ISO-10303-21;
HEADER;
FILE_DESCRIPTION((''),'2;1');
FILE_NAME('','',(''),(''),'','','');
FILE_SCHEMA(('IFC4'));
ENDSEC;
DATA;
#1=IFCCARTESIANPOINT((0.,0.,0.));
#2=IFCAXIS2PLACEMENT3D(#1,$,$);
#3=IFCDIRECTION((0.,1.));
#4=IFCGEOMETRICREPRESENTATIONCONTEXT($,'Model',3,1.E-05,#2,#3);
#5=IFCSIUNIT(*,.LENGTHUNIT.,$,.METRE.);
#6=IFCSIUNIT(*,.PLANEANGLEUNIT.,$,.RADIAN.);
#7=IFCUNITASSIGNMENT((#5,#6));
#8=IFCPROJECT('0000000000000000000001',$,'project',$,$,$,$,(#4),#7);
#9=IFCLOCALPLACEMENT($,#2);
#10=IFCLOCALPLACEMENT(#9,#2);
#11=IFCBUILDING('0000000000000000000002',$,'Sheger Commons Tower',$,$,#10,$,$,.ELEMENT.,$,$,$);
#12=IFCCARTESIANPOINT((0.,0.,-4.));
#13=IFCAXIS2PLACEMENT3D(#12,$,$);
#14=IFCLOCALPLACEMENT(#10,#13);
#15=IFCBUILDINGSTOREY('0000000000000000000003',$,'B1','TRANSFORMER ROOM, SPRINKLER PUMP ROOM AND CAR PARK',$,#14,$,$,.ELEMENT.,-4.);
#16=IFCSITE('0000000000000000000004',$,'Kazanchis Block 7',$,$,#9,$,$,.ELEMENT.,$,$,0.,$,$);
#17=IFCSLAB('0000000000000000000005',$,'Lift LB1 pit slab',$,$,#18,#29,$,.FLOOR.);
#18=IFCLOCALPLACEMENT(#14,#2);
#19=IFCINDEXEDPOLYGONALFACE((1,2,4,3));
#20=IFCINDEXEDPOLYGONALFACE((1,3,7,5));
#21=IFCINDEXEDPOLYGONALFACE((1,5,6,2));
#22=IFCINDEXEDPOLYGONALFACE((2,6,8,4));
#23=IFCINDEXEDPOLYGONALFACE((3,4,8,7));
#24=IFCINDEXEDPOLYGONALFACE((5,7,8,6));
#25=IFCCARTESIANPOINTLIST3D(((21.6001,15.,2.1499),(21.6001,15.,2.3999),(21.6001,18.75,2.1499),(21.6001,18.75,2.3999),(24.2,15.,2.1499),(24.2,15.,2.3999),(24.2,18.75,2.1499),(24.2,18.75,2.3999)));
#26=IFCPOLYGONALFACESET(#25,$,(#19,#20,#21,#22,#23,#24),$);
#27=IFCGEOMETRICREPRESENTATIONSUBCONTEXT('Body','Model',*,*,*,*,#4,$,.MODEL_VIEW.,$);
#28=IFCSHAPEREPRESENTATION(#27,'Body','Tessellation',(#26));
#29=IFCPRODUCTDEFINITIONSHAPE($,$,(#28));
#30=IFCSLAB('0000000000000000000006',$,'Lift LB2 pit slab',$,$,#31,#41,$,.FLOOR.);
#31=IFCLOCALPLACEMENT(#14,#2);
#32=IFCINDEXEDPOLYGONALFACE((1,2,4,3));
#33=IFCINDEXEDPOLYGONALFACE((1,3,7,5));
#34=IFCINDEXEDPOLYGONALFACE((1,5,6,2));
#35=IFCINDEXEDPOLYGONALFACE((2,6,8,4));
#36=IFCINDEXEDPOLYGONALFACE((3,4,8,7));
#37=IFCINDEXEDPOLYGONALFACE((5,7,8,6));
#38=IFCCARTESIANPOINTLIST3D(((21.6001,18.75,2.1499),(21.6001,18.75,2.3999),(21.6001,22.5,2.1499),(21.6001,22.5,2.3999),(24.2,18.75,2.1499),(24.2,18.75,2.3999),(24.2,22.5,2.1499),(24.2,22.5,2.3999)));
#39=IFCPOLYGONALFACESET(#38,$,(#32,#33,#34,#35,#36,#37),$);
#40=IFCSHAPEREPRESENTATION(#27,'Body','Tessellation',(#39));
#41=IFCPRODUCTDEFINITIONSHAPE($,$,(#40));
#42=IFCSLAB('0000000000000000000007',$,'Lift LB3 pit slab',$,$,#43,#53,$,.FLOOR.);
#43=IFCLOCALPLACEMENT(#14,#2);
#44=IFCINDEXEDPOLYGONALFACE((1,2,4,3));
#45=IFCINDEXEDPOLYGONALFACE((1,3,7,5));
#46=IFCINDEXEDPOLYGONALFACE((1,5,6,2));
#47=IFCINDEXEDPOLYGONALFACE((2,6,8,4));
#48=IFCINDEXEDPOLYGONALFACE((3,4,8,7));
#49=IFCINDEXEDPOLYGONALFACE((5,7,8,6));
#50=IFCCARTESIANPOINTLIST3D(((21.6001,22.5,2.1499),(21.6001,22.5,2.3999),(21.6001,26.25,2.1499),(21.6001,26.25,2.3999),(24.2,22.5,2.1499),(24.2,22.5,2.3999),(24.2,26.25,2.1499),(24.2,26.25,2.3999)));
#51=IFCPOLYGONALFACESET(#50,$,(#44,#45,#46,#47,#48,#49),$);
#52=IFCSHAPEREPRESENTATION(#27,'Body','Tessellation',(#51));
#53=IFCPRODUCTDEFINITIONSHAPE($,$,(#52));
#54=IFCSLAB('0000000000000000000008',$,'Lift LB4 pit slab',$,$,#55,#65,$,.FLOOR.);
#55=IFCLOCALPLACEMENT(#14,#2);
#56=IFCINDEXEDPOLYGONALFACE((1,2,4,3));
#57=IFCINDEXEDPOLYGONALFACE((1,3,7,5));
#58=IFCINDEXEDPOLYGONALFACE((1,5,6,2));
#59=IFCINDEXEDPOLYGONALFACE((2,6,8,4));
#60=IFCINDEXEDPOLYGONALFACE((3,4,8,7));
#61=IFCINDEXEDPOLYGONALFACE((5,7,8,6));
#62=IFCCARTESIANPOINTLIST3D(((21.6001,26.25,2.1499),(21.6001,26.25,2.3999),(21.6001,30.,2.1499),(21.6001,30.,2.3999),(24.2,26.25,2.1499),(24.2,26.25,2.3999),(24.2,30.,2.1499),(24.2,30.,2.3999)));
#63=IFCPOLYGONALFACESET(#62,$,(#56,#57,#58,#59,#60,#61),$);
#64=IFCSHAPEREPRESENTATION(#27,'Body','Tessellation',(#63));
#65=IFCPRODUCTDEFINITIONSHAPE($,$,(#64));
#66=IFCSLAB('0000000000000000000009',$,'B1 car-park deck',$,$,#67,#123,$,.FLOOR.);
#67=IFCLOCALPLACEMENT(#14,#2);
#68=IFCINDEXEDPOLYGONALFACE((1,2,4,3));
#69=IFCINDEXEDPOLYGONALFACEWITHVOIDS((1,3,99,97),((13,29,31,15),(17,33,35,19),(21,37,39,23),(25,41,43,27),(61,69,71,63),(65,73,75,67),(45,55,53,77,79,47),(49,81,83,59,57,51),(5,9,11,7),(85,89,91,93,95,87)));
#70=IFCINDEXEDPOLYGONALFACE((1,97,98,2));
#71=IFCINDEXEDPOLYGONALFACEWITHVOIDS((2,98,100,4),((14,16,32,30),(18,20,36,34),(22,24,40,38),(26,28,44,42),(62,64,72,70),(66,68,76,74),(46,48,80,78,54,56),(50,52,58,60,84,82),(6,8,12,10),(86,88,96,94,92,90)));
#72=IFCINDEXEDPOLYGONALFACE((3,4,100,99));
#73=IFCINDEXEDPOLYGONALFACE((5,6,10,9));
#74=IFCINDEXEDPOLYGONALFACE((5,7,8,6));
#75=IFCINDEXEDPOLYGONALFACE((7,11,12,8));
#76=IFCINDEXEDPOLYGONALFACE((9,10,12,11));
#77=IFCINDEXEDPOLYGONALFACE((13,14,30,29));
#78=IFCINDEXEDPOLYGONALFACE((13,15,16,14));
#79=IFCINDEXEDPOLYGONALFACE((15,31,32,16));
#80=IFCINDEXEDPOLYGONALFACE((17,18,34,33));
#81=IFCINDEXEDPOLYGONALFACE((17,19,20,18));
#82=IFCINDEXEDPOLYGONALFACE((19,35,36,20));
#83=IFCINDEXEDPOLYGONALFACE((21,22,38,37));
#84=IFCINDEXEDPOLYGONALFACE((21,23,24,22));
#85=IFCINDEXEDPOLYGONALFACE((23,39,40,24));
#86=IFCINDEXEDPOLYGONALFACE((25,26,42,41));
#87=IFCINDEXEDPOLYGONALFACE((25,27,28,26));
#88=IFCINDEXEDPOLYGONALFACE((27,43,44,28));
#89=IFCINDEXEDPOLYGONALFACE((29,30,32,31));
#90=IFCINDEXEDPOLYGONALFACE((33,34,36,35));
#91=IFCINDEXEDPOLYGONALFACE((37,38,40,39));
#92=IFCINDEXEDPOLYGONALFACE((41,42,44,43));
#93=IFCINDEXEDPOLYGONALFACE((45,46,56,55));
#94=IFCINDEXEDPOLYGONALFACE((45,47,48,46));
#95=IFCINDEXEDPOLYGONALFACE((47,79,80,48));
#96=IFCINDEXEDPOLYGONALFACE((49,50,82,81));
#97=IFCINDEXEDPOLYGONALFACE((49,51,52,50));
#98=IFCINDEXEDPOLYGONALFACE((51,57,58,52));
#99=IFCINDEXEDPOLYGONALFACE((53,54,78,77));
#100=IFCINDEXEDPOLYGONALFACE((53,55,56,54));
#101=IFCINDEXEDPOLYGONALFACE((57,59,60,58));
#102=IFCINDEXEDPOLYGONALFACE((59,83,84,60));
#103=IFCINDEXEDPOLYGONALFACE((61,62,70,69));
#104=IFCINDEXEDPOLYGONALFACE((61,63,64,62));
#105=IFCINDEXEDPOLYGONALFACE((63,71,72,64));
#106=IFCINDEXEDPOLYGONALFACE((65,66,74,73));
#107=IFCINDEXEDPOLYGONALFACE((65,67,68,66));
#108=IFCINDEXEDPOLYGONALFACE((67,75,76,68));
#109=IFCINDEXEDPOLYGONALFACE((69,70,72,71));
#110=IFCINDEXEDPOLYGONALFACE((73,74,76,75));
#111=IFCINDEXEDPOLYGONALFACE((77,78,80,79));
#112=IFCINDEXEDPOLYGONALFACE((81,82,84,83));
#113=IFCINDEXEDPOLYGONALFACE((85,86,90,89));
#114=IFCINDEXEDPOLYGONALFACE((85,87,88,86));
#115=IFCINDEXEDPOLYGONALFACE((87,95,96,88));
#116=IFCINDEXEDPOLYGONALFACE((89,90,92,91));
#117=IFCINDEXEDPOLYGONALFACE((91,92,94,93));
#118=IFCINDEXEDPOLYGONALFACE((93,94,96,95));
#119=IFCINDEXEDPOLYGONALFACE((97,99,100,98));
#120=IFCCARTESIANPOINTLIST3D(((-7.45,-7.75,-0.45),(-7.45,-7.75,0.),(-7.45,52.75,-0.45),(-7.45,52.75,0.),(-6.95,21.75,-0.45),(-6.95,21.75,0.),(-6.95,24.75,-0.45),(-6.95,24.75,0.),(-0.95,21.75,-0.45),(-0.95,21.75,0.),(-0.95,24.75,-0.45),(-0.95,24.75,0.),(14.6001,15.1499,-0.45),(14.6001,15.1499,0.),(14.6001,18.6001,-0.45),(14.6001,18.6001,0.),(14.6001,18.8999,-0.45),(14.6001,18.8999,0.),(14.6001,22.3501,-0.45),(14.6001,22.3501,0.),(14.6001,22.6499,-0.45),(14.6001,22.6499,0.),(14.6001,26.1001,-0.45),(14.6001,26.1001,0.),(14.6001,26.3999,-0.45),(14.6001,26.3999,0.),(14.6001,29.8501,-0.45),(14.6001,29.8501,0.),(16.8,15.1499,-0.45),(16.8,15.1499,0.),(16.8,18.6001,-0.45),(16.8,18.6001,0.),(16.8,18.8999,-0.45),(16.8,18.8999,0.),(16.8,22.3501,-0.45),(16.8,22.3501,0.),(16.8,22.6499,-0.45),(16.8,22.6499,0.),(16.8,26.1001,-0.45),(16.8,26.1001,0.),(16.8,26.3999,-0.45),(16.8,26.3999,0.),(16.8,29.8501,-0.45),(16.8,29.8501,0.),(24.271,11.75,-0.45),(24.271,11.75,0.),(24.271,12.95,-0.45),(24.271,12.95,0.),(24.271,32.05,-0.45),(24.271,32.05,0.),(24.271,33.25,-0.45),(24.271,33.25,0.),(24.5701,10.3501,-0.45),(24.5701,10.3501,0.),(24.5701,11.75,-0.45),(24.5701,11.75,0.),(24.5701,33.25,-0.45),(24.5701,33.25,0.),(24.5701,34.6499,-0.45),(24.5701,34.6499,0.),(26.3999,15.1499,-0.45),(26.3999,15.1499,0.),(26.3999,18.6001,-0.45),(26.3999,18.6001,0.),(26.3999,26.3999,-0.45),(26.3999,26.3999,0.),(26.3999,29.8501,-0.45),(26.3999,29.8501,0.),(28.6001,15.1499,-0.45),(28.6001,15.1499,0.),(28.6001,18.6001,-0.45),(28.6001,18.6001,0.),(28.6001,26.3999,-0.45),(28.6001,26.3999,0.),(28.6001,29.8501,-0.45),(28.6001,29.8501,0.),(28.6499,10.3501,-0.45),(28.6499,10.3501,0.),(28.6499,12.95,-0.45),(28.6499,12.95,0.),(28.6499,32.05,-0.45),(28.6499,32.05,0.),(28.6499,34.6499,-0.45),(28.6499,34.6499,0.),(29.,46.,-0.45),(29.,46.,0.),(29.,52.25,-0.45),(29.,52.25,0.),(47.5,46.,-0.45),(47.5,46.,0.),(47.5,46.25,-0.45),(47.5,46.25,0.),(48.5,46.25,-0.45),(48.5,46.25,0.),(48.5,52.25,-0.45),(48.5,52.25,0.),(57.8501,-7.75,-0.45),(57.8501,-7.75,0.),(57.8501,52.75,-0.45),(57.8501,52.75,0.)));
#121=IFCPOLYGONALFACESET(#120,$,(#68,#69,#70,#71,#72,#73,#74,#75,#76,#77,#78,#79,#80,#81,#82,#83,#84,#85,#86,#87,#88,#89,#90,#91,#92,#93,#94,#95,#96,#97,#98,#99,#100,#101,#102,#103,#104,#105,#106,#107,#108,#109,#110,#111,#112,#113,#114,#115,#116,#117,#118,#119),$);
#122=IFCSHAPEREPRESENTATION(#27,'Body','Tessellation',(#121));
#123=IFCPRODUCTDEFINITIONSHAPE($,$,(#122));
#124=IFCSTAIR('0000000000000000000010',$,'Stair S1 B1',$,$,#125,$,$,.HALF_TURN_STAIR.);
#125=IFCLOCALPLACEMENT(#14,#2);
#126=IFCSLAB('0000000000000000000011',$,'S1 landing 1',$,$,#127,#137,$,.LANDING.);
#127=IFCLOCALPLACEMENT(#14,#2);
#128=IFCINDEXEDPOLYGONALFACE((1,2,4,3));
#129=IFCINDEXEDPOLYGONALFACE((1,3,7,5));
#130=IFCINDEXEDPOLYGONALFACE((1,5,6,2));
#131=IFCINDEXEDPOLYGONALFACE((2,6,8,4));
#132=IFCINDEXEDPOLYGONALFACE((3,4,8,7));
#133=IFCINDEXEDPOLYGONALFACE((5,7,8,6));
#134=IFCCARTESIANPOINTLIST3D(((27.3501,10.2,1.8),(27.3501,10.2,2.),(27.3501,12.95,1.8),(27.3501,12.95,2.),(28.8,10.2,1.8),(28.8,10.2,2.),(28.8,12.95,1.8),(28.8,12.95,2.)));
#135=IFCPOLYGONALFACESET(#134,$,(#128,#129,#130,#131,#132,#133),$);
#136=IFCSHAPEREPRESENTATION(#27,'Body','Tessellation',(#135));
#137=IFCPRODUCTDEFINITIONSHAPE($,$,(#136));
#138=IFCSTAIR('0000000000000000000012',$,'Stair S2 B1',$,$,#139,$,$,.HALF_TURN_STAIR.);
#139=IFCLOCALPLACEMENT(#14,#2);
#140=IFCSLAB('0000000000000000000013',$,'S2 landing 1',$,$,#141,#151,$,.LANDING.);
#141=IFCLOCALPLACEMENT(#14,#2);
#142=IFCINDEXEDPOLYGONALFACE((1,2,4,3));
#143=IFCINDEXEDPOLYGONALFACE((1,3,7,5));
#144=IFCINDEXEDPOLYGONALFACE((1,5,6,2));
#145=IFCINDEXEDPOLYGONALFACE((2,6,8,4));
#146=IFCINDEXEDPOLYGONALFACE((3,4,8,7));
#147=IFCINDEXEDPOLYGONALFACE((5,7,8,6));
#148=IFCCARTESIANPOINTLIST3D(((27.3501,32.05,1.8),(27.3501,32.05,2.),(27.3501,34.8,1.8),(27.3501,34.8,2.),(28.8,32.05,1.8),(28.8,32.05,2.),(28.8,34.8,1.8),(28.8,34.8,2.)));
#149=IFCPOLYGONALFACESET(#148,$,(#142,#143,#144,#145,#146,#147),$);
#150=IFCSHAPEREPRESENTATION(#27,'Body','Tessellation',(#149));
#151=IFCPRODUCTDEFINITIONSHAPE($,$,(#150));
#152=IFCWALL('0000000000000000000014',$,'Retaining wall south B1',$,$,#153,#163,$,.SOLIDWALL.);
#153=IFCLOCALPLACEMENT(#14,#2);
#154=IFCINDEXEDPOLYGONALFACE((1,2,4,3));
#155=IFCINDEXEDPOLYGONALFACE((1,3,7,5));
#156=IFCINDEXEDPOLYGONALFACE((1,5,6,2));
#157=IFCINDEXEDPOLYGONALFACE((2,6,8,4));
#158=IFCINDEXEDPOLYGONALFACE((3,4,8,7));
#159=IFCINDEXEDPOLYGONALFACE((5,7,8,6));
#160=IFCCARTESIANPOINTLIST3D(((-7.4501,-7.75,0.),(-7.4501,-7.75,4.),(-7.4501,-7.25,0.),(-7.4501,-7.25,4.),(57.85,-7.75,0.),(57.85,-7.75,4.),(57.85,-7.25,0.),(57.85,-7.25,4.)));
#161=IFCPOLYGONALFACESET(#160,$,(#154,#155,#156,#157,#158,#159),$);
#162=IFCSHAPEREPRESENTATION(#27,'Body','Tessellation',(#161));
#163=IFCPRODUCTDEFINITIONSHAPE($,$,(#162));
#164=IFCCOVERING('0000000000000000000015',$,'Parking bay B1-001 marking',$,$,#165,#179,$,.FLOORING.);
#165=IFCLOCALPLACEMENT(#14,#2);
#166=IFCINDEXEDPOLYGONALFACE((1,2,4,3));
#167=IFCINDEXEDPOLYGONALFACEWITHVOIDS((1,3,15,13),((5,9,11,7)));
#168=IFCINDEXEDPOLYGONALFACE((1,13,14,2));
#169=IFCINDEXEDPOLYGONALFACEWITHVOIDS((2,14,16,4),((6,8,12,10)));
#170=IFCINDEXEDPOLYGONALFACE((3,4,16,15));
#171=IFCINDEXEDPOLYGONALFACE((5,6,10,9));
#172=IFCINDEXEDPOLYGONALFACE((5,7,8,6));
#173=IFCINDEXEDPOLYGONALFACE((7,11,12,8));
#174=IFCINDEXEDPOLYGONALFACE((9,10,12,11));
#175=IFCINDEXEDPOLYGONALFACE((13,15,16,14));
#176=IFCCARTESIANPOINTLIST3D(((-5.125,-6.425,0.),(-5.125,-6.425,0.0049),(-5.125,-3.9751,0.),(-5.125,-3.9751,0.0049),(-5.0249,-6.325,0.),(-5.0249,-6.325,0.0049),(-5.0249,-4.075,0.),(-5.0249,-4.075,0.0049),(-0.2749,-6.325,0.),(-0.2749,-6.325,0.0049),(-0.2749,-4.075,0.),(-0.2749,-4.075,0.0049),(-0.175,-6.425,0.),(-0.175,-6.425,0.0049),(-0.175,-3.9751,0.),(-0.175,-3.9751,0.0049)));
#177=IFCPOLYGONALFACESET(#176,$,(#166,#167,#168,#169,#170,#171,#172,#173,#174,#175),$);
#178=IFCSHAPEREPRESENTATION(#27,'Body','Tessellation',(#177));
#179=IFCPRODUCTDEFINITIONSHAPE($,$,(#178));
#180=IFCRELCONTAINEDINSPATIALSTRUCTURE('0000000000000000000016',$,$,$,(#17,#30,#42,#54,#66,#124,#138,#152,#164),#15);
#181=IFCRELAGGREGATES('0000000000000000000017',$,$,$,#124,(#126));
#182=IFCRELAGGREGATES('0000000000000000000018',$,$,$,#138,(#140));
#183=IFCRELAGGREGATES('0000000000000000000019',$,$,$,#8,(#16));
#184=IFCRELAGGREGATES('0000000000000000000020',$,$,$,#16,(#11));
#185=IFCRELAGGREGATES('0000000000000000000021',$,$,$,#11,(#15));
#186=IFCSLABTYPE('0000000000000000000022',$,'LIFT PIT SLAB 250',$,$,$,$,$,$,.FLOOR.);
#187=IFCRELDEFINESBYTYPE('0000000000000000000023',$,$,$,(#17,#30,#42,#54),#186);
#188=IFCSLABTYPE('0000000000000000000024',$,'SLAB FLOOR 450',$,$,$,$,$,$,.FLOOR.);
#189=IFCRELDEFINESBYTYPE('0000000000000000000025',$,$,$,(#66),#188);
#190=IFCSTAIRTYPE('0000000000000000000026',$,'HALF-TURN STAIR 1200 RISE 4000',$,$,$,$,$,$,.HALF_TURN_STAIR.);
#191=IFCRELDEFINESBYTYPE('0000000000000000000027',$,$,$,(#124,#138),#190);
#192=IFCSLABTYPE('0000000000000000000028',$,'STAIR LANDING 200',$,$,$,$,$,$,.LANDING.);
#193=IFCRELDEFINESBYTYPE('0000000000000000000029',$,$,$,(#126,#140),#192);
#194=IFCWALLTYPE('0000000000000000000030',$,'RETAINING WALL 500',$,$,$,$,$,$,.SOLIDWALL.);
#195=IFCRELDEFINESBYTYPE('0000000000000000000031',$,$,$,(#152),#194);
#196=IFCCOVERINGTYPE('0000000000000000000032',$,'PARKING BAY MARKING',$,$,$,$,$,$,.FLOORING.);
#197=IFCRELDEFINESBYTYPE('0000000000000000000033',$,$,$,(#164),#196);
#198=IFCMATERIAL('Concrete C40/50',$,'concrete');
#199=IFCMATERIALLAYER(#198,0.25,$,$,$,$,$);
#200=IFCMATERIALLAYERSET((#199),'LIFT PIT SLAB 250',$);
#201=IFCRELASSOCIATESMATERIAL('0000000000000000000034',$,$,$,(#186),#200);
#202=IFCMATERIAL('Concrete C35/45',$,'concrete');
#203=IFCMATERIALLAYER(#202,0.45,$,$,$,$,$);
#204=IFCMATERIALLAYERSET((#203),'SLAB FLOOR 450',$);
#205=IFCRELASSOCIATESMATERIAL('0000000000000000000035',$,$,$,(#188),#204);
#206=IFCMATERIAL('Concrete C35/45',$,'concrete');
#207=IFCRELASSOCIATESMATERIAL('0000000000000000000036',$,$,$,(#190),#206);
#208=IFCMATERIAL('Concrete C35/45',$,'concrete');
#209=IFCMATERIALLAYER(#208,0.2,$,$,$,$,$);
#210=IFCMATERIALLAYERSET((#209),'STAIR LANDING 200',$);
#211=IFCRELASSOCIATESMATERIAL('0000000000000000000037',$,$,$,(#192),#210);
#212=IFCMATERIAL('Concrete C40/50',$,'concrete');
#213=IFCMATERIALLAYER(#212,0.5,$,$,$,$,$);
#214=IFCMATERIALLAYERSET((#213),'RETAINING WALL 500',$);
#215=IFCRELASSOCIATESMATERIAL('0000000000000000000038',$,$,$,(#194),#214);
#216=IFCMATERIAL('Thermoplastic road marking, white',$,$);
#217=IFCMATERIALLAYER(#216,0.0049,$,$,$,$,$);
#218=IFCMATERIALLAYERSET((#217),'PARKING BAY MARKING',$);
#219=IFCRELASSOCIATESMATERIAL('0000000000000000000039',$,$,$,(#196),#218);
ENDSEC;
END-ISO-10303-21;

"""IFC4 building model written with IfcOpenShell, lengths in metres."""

from ifc_helpers import new_model, si_unit, direction, frame, frame_2d, origin, place, context, subcontext, project, spatial, polyline, rectangle, outline, extrude, material, layer, layer_set, type_object, element, aggregate, save


model = new_model("IFC4")

# Units and contexts
model_context = context("Model", 3, precision=1e-05, world=origin(), true_north=direction((0.0, 1.0)))
body_context = subcontext(model_context, "Body", "Model", "MODEL_VIEW")
ifc_project = project(units=[si_unit("LENGTHUNIT", "METRE"), si_unit("PLANEANGLEUNIT", "RADIAN")], contexts=[model_context])

# Site, building, storey
site_placement = place(None, origin())
site = spatial("IfcSite", under=ifc_project, at=site_placement, Name="Kazanchis Block 7", CompositionType="ELEMENT", RefElevation=0.0)
building_placement = place(site_placement, origin())
building = spatial("IfcBuilding", under=site, at=building_placement, Name="Sheger Commons Tower", CompositionType="ELEMENT")
storey_placement = place(building_placement, frame((0.0, 0.0, -4.0)))
storey = spatial("IfcBuildingStorey", under=building, at=storey_placement, Name="B1", Description="TRANSFORMER ROOM, SPRINKLER PUMP ROOM AND CAR PARK", CompositionType="ELEMENT", Elevation=-4.0)

# Slabs
ifc_material_1 = material(Name="Concrete C40/50", Category="concrete")
ifc_layer_1 = layer(ifc_material_1, 0.25)
ifc_layer_set_1 = layer_set([ifc_layer_1], Name="LIFT PIT SLAB 250")
slab_type_1 = type_object("IfcSlabType", Name="LIFT PIT SLAB 250", PredefinedType="FLOOR", material=ifc_layer_set_1)
slab_1_placement = place(storey_placement, frame((0.0, 0.0, 2.1499)))
element("IfcSlab", 1, at=slab_1_placement, inside=storey, type_object=slab_type_1, Name="Lift LB1 pit slab", PredefinedType="FLOOR", context=body_context, shape_type="SweptSolid", body=[
    extrude(outline(polyline([(21.6001, 15.0), (24.2, 15.0), (24.2, 18.75), (21.6001, 18.75), (21.6001, 15.0)])), origin(), (0.0, 0.0, 1.0), 0.25),
])
slab_2_placement = place(storey_placement, frame((0.0, 0.0, 2.1499)))
element("IfcSlab", 2, at=slab_2_placement, inside=storey, type_object=slab_type_1, Name="Lift LB2 pit slab", PredefinedType="FLOOR", context=body_context, shape_type="SweptSolid", body=[
    extrude(outline(polyline([(21.6001, 18.75), (24.2, 18.75), (24.2, 22.5), (21.6001, 22.5), (21.6001, 18.75)])), origin(), (0.0, 0.0, 1.0), 0.25),
])
slab_3_placement = place(storey_placement, frame((0.0, 0.0, 2.1499)))
element("IfcSlab", 3, at=slab_3_placement, inside=storey, type_object=slab_type_1, Name="Lift LB3 pit slab", PredefinedType="FLOOR", context=body_context, shape_type="SweptSolid", body=[
    extrude(outline(polyline([(21.6001, 22.5), (24.2, 22.5), (24.2, 26.25), (21.6001, 26.25), (21.6001, 22.5)])), origin(), (0.0, 0.0, 1.0), 0.25),
])
slab_4_placement = place(storey_placement, frame((0.0, 0.0, 2.1499)))
element("IfcSlab", 4, at=slab_4_placement, inside=storey, type_object=slab_type_1, Name="Lift LB4 pit slab", PredefinedType="FLOOR", context=body_context, shape_type="SweptSolid", body=[
    extrude(outline(polyline([(21.6001, 26.25), (24.2, 26.25), (24.2, 30.0), (21.6001, 30.0), (21.6001, 26.25)])), origin(), (0.0, 0.0, 1.0), 0.25),
])
ifc_material_2 = material(Name="Concrete C35/45", Category="concrete")
ifc_layer_2 = layer(ifc_material_2, 0.45)
ifc_layer_set_2 = layer_set([ifc_layer_2], Name="SLAB FLOOR 450")
slab_type_2 = type_object("IfcSlabType", Name="SLAB FLOOR 450", PredefinedType="FLOOR", material=ifc_layer_set_2)
slab_5_placement = place(storey_placement, frame((0.0, 0.0, -0.45)))
element("IfcSlab", 5, at=slab_5_placement, inside=storey, type_object=slab_type_2, Name="B1 car-park deck", PredefinedType="FLOOR", context=body_context, shape_type="SweptSolid", body=[
    extrude(outline(polyline([(-7.45, -7.75), (57.8501, -7.75), (57.8501, 52.75), (-7.45, 52.75), (-7.45, -7.75)]), holes=[polyline([(24.5701, 10.3501), (28.6499, 10.3501), (28.6499, 12.95), (24.271, 12.95), (24.271, 11.75), (24.5701, 11.75), (24.5701, 10.3501)]), polyline([(24.271, 32.05), (28.6499, 32.05), (28.6499, 34.6499), (24.5701, 34.6499), (24.5701, 33.25), (24.271, 33.25), (24.271, 32.05)]), polyline([(26.3999, 15.1499), (28.6001, 15.1499), (28.6001, 18.6001), (26.3999, 18.6001), (26.3999, 15.1499)]), polyline([(26.3999, 26.3999), (28.6001, 26.3999), (28.6001, 29.8501), (26.3999, 29.8501), (26.3999, 26.3999)]), polyline([(14.6001, 15.1499), (16.8, 15.1499), (16.8, 18.6001), (14.6001, 18.6001), (14.6001, 15.1499)]), polyline([(14.6001, 18.8999), (16.8, 18.8999), (16.8, 22.3501), (14.6001, 22.3501), (14.6001, 18.8999)]), polyline([(14.6001, 22.6499), (16.8, 22.6499), (16.8, 26.1001), (14.6001, 26.1001), (14.6001, 22.6499)]), polyline([(14.6001, 26.3999), (16.8, 26.3999), (16.8, 29.8501), (14.6001, 29.8501), (14.6001, 26.3999)]), polyline([(29.0, 46.0), (47.5, 46.0), (47.5, 46.25), (48.5, 46.25), (48.5, 52.25), (29.0, 52.25), (29.0, 46.0)]), polyline([(-6.95, 21.75), (-0.95, 21.75), (-0.95, 24.75), (-6.95, 24.75), (-6.95, 21.75)])]), origin(), (0.0, 0.0, 1.0), 0.45),
])

# Stairs, slabs
ifc_material_3 = material(Name="Concrete C35/45", Category="concrete")
stair_type = type_object("IfcStairType", Name="HALF-TURN STAIR 1200 RISE 4000", PredefinedType="HALF_TURN_STAIR", material=ifc_material_3)
stair_1_placement = place(storey_placement, origin())
stair_1 = element("IfcStair", 6, at=stair_1_placement, inside=storey, type_object=stair_type, Name="Stair S1 B1", PredefinedType="HALF_TURN_STAIR")
ifc_material_4 = material(Name="Concrete C35/45", Category="concrete")
ifc_layer_3 = layer(ifc_material_4, 0.2)
ifc_layer_set_3 = layer_set([ifc_layer_3], Name="STAIR LANDING 200")
slab_type_3 = type_object("IfcSlabType", Name="STAIR LANDING 200", PredefinedType="LANDING", material=ifc_layer_set_3)
slab_6_placement = place(storey_placement, frame((0.0, 0.0, 1.8)))
slab_6 = element("IfcSlab", 7, at=slab_6_placement, type_object=slab_type_3, Name="S1 landing 1", PredefinedType="LANDING", context=body_context, shape_type="SweptSolid", body=[
    extrude(outline(polyline([(27.3501, 10.2), (28.8, 10.2), (28.8, 12.95), (27.3501, 12.95), (27.3501, 10.2)])), origin(), (0.0, 0.0, 1.0), 0.2),
])
aggregate(stair_1, [slab_6])
stair_2_placement = place(storey_placement, origin())
stair_2 = element("IfcStair", 8, at=stair_2_placement, inside=storey, type_object=stair_type, Name="Stair S2 B1", PredefinedType="HALF_TURN_STAIR")
slab_7_placement = place(storey_placement, frame((0.0, 0.0, 1.8)))
slab_7 = element("IfcSlab", 9, at=slab_7_placement, type_object=slab_type_3, Name="S2 landing 1", PredefinedType="LANDING", context=body_context, shape_type="SweptSolid", body=[
    extrude(outline(polyline([(27.3501, 32.05), (28.8, 32.05), (28.8, 34.8), (27.3501, 34.8), (27.3501, 32.05)])), origin(), (0.0, 0.0, 1.0), 0.2),
])
aggregate(stair_2, [slab_7])

# Wall
ifc_material_5 = material(Name="Concrete C40/50", Category="concrete")
ifc_layer_4 = layer(ifc_material_5, 0.5)
ifc_layer_set_4 = layer_set([ifc_layer_4], Name="RETAINING WALL 500")
wall_type = type_object("IfcWallType", Name="RETAINING WALL 500", PredefinedType="SOLIDWALL", material=ifc_layer_set_4)
wall_placement = place(storey_placement, frame((-7.45, -7.5, 0.0), z_axis=(0.0, 0.0, 1.0), x_axis=(1.0, 0.0, 0.0)))
element("IfcWall", 10, at=wall_placement, inside=storey, type_object=wall_type, Name="Retaining wall south B1", PredefinedType="SOLIDWALL", context=body_context, shape_type="SweptSolid", body=[
    extrude(rectangle(XDim=65.3, YDim=0.5, at=frame_2d((32.6499, 0.0))), origin(), (0.0, 0.0, 1.0), 4.0),
])

# Covering
ifc_material_6 = material(Name="Thermoplastic road marking, white")
ifc_layer_5 = layer(ifc_material_6, 0.0049)
ifc_layer_set_5 = layer_set([ifc_layer_5], Name="PARKING BAY MARKING")
covering_type_1 = type_object("IfcCoveringType", Name="PARKING BAY MARKING", PredefinedType="FLOORING", material=ifc_layer_set_5)
covering_1_placement = place(storey_placement, origin())
element("IfcCovering", 11, at=covering_1_placement, inside=storey, type_object=covering_type_1, Name="Parking bay B1-001 marking", PredefinedType="FLOORING", context=body_context, shape_type="SweptSolid", body=[
    extrude(outline(polyline([(-5.125, -6.425), (-0.175, -6.425), (-0.175, -3.9751), (-5.125, -3.9751), (-5.125, -6.425)]), holes=[polyline([(-0.2749, -4.075), (-0.2749, -6.325), (-5.0249, -6.325), (-5.0249, -4.075), (-0.2749, -4.075)])]), origin(), (0.0, 0.0, 1.0), 0.0049),
])

save(model, "model.ifc")
